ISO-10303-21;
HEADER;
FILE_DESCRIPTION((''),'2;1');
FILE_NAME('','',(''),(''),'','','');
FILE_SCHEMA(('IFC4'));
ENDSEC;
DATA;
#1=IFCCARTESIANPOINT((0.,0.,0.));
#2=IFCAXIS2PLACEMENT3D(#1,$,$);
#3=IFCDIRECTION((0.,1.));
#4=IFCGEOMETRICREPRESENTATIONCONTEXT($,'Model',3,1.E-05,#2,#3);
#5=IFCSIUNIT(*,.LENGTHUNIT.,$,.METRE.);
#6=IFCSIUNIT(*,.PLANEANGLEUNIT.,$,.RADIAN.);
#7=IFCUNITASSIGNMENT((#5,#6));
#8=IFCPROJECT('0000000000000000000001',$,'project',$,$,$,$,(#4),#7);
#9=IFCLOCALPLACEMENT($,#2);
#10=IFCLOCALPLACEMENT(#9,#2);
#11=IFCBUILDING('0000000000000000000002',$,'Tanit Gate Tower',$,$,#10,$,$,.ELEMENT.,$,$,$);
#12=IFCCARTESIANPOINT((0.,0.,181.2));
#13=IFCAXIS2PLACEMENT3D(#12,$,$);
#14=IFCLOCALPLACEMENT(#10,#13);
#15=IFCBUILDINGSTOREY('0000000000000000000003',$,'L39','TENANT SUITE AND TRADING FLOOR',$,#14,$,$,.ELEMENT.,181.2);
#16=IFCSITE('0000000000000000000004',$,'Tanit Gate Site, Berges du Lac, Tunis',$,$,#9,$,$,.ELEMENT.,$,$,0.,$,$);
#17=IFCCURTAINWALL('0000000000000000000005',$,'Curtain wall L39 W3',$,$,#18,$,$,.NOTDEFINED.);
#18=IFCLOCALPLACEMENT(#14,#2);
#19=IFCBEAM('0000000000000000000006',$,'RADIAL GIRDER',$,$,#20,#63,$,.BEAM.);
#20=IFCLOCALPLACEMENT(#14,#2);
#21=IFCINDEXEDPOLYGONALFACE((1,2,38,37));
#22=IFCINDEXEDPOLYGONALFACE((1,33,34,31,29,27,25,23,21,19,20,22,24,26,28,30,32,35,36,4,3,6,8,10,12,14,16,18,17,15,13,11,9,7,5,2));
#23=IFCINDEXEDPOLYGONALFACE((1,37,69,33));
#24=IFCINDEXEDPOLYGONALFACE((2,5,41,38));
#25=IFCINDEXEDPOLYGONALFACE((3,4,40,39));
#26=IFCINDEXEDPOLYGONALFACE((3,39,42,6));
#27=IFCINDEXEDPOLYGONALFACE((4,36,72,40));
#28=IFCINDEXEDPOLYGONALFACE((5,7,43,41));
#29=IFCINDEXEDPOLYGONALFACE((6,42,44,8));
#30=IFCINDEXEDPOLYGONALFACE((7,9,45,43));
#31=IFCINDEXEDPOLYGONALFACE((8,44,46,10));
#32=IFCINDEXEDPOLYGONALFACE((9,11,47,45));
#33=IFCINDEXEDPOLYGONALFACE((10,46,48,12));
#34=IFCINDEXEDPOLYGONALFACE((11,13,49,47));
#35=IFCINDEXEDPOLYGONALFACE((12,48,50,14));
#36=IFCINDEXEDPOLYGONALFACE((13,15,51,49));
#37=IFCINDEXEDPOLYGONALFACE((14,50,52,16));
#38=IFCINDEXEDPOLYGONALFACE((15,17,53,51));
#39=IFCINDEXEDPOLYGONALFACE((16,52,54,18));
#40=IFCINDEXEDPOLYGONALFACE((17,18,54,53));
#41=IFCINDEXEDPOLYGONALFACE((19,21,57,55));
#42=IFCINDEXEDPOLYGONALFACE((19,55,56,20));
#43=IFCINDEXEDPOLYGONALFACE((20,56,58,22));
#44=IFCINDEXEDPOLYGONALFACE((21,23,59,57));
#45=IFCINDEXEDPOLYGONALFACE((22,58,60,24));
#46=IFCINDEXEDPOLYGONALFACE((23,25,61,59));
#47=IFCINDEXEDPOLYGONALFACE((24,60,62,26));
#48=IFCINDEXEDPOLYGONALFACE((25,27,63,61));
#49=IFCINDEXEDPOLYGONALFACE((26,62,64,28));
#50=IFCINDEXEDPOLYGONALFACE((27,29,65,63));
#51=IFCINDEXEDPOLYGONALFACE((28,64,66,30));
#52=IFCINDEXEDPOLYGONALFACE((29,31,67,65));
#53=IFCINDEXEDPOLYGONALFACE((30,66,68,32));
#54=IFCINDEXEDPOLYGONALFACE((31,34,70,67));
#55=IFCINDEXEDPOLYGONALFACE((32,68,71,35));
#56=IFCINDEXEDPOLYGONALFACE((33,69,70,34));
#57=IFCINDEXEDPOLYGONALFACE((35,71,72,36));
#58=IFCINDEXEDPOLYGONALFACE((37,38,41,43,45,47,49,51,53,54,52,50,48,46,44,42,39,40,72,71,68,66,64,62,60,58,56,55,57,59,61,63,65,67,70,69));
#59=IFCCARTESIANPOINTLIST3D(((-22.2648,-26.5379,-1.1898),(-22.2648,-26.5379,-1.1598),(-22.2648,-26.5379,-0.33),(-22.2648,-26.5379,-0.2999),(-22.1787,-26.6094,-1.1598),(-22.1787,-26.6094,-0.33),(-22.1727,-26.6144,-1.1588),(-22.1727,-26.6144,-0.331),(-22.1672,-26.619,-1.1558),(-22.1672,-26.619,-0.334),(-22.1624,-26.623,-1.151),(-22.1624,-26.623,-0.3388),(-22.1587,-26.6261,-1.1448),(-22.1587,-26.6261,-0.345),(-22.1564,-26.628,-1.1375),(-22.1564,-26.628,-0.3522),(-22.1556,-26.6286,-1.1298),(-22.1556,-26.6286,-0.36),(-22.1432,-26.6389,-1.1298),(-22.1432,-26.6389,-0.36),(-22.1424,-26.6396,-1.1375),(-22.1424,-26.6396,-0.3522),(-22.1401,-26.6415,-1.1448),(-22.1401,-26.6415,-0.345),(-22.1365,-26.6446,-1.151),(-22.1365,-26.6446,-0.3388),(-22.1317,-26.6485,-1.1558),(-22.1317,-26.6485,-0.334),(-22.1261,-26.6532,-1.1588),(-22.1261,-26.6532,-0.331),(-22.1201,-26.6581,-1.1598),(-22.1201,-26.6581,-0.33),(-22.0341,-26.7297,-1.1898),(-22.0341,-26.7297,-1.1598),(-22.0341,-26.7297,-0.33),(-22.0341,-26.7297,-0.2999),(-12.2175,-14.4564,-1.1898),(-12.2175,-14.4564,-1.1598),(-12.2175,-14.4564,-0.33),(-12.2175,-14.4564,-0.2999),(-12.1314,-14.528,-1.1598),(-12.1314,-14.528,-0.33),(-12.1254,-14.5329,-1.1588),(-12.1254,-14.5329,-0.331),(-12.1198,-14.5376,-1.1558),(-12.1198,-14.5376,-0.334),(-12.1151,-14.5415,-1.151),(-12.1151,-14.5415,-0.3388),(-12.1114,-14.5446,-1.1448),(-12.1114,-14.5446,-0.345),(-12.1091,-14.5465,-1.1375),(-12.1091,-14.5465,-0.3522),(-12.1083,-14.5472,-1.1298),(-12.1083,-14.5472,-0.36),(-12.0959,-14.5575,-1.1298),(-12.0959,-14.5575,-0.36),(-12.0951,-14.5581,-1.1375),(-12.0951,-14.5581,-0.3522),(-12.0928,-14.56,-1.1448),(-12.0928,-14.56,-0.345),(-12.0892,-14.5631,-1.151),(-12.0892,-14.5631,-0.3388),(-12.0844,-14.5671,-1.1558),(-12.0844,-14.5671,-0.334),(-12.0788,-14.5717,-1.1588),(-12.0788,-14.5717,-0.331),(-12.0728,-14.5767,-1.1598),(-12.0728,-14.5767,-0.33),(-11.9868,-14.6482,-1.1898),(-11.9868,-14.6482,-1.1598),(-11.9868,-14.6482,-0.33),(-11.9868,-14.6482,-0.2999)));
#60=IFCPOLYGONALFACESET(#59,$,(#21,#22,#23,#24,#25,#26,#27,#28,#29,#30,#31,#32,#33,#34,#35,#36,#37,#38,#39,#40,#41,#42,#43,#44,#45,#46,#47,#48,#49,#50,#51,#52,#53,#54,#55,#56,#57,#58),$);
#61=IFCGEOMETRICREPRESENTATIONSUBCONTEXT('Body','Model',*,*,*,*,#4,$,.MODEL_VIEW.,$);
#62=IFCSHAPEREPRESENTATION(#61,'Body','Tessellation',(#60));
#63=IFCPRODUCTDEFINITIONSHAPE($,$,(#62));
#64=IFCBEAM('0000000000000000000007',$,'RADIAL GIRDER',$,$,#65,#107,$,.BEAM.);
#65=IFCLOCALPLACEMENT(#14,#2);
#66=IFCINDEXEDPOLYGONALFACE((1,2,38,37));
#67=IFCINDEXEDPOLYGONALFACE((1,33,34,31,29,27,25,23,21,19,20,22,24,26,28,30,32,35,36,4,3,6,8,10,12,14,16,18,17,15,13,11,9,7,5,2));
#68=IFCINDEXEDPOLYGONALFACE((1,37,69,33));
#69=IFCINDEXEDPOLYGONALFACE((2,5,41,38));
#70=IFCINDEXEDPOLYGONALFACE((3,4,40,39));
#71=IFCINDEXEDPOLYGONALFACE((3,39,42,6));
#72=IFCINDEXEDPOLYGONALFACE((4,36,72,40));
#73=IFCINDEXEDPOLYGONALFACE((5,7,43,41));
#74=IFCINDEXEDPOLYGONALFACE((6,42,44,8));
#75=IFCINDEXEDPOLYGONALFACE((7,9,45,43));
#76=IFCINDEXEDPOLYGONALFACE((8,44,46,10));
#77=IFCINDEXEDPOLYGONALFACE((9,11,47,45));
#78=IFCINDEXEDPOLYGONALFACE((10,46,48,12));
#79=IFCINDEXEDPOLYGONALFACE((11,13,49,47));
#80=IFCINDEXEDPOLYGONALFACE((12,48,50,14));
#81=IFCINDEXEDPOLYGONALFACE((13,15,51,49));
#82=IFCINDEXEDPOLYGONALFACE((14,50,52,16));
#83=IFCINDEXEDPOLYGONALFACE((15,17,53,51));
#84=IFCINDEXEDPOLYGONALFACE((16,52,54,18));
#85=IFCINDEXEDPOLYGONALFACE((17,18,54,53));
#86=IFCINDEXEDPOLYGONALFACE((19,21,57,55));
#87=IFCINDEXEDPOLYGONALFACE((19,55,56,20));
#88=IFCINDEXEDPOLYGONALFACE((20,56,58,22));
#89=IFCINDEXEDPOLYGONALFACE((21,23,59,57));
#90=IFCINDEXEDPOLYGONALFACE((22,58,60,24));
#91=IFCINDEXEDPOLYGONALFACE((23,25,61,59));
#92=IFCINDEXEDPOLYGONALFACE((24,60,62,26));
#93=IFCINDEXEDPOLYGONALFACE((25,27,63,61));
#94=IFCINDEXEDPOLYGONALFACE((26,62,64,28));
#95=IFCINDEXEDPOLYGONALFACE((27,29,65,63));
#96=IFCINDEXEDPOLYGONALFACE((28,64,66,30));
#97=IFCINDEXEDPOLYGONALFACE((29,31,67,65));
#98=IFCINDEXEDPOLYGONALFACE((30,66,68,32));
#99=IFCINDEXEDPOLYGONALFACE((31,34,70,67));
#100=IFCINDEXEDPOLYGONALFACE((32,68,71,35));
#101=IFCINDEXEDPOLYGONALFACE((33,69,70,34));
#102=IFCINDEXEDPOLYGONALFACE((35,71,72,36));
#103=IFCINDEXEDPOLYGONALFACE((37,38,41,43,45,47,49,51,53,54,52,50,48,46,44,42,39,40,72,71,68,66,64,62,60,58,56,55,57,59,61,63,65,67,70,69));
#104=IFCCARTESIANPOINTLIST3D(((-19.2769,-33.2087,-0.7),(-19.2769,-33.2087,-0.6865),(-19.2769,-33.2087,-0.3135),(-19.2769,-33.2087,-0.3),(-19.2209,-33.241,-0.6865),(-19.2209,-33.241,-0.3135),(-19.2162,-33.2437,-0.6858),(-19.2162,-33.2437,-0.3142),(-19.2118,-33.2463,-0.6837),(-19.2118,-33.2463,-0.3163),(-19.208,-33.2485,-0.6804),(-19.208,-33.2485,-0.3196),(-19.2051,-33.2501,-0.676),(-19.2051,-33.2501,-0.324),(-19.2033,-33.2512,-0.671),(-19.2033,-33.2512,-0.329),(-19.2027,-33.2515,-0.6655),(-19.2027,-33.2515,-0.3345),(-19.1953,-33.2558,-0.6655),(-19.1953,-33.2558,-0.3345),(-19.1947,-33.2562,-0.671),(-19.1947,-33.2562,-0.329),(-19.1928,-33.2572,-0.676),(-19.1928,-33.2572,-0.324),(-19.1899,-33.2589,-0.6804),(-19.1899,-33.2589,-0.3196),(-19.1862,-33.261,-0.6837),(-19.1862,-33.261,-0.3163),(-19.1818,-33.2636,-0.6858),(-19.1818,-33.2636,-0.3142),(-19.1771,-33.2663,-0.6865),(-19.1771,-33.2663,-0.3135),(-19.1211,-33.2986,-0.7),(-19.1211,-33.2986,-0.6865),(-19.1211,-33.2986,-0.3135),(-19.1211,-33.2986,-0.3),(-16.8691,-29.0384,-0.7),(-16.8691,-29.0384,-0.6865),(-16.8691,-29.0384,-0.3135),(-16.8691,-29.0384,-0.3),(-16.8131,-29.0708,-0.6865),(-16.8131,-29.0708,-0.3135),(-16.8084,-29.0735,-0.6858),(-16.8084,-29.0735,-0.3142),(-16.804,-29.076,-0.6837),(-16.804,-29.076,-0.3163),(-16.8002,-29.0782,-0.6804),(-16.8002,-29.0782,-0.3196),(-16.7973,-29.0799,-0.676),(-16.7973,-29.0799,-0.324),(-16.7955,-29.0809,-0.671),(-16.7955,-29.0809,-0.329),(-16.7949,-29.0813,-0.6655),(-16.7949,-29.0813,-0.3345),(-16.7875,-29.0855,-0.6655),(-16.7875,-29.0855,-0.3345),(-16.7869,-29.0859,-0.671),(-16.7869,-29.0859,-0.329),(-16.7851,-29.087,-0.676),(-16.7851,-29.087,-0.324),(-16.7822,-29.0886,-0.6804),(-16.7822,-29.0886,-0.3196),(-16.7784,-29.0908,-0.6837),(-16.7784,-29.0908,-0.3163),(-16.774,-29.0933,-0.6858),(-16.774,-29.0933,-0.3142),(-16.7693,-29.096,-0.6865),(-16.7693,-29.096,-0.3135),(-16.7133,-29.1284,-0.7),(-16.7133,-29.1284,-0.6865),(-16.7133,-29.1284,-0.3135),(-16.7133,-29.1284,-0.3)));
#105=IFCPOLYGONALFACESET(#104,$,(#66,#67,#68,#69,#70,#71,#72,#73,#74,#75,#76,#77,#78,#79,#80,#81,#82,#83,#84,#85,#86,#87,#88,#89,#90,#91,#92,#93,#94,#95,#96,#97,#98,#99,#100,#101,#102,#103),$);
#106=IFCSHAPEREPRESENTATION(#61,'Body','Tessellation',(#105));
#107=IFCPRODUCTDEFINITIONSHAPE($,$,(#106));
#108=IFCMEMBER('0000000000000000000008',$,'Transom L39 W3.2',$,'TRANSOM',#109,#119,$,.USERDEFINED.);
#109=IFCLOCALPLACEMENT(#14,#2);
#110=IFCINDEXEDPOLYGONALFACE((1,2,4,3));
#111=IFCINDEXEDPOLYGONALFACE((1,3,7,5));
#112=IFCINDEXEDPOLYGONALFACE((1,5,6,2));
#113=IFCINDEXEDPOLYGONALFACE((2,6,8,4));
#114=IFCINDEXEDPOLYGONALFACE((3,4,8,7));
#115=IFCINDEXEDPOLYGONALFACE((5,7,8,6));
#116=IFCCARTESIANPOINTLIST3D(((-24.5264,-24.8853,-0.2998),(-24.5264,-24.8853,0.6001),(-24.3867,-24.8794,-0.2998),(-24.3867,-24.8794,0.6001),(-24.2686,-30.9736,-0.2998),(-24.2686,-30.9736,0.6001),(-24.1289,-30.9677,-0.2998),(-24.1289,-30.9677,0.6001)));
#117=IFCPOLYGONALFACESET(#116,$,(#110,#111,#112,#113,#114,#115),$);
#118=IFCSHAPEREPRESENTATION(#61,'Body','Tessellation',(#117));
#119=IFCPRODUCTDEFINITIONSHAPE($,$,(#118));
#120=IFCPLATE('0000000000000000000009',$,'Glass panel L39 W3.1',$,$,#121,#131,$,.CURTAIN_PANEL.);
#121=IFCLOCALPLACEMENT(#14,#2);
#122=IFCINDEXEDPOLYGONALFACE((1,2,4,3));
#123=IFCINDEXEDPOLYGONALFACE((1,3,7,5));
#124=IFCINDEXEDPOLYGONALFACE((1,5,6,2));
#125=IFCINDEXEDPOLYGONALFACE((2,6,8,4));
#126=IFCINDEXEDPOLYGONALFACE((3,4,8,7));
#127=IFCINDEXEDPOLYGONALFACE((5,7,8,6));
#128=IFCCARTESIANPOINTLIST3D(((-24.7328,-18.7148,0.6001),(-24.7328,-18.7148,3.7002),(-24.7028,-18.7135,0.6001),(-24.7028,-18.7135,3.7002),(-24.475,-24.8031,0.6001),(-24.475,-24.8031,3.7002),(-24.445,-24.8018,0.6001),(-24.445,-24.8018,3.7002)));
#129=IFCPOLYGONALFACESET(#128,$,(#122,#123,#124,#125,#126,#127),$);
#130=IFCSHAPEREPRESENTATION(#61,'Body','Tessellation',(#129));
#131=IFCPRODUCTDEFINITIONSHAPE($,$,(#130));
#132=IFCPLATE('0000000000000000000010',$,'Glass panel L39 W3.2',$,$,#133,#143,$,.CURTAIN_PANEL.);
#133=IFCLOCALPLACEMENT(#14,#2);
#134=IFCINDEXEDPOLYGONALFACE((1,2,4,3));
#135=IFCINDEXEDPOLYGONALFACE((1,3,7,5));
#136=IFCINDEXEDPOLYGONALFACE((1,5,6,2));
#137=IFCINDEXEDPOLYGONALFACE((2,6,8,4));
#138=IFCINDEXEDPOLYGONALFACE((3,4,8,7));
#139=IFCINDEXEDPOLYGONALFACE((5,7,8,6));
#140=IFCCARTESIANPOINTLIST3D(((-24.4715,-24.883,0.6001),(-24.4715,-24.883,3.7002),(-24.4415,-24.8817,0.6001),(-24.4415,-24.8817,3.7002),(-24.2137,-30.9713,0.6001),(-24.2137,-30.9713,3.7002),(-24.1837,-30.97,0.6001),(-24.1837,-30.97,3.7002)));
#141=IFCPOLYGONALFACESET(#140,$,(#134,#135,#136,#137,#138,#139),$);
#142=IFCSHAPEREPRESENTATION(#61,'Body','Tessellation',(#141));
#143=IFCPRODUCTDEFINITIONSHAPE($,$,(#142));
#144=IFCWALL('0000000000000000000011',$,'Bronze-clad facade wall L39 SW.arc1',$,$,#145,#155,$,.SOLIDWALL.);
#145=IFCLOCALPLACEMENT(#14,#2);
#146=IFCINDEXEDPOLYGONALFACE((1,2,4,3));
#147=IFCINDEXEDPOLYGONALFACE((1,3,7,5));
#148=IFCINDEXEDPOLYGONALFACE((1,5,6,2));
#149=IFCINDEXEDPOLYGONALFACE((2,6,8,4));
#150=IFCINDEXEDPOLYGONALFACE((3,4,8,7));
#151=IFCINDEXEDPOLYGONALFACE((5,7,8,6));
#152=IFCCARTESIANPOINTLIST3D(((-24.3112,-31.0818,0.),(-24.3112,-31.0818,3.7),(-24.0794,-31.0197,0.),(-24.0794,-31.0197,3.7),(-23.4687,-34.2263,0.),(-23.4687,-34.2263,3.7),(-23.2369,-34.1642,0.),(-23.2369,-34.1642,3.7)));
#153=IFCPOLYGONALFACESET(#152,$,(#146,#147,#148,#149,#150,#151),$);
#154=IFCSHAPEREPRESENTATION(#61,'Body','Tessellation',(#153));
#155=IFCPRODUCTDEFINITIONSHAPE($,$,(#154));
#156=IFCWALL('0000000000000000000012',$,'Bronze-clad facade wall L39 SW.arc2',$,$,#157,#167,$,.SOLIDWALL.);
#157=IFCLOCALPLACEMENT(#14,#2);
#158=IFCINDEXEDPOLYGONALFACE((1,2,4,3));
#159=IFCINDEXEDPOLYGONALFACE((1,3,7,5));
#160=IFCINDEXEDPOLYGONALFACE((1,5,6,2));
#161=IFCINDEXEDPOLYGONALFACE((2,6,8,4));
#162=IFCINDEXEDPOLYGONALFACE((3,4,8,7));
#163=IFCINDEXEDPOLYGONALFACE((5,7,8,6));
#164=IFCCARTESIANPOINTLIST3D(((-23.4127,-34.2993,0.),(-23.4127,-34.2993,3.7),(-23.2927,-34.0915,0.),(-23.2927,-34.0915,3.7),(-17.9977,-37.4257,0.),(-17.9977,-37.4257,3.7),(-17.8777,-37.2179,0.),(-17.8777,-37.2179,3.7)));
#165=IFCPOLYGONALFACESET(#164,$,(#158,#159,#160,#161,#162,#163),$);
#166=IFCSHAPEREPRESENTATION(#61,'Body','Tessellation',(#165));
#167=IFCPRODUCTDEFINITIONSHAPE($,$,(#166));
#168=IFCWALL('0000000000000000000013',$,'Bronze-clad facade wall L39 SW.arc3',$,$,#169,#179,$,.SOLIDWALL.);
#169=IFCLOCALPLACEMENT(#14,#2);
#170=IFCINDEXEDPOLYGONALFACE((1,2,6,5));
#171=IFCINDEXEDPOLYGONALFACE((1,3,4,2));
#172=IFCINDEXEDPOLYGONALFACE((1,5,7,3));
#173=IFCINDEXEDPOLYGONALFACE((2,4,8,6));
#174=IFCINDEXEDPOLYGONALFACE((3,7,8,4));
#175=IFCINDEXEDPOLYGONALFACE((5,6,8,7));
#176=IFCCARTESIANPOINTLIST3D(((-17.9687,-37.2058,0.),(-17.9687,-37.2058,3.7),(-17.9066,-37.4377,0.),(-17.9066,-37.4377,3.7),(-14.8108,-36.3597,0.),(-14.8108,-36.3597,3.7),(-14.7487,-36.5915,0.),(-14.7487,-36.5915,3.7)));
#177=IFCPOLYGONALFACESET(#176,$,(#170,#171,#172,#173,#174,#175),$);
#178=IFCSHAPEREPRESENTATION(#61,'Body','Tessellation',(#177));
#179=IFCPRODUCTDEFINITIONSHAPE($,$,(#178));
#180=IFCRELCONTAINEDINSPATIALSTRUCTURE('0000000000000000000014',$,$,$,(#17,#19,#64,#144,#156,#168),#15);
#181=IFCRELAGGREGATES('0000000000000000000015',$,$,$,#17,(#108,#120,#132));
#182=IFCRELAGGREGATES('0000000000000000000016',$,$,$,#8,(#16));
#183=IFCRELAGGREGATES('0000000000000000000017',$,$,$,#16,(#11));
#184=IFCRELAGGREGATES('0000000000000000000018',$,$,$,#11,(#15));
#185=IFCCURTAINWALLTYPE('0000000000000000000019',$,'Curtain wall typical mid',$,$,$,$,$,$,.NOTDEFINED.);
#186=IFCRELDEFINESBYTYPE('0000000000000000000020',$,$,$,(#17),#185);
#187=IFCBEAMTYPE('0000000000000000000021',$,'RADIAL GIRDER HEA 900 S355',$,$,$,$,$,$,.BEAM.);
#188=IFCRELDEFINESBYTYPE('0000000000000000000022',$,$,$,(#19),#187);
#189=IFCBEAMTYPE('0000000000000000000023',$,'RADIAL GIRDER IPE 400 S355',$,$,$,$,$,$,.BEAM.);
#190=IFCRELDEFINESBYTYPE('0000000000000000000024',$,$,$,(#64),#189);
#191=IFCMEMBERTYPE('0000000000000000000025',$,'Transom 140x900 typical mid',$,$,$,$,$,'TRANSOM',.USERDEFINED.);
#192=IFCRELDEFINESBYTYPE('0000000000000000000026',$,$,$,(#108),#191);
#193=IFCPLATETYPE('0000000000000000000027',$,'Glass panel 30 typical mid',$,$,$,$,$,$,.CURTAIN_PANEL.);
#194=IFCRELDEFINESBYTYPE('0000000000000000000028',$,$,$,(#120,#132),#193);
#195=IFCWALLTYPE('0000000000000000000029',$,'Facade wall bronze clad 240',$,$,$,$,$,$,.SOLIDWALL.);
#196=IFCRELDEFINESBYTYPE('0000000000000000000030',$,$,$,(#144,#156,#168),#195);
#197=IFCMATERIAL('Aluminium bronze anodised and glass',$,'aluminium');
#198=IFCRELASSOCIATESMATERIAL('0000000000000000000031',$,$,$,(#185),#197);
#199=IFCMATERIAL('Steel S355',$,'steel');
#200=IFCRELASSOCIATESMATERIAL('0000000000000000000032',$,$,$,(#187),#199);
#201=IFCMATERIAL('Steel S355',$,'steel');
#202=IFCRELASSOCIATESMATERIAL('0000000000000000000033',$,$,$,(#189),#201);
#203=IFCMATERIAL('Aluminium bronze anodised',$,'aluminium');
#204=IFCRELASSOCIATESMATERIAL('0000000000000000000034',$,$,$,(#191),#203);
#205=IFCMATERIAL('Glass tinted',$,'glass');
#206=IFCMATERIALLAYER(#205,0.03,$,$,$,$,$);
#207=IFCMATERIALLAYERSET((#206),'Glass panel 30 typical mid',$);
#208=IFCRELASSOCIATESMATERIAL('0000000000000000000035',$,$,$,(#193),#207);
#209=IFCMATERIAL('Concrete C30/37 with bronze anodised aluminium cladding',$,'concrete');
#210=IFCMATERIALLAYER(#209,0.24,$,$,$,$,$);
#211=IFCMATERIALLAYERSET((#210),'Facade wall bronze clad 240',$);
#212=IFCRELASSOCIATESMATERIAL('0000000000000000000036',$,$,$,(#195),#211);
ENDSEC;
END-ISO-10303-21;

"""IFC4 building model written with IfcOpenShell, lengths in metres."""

from ifc_helpers import new_model, si_unit, direction, frame, frame_2d, origin, origin_2d, place, context, subcontext, project, spatial, rectangle, i_section, extrude, material, layer, layer_set, material_profile, profile_set, type_object, element, aggregate, save


model = new_model("IFC4")

# Units and contexts
model_context = context("Model", 3, precision=1e-05, world=origin(), true_north=direction((0.0, 1.0)))
body_context = subcontext(model_context, "Body", "Model", "MODEL_VIEW")
ifc_project = project(units=[si_unit("LENGTHUNIT", "METRE"), si_unit("PLANEANGLEUNIT", "RADIAN")], contexts=[model_context])

# Site, building, storey
site_placement = place(None, origin())
site = spatial("IfcSite", under=ifc_project, at=site_placement, Name="Tanit Gate Site, Berges du Lac, Tunis", CompositionType="ELEMENT", RefElevation=0.0)
building_placement = place(site_placement, origin())
building = spatial("IfcBuilding", under=site, at=building_placement, Name="Tanit Gate Tower", CompositionType="ELEMENT")
storey_placement = place(building_placement, frame((0.0, 0.0, 181.2)))
storey = spatial("IfcBuildingStorey", under=building, at=storey_placement, Name="L39", Description="TENANT SUITE AND TRADING FLOOR", CompositionType="ELEMENT", Elevation=181.2)

# Curtain wall
ifc_material_1 = material(Name="Aluminium bronze anodised and glass", Category="aluminium")
curtain_wall_type = type_object("IfcCurtainWallType", Name="Curtain wall typical mid", PredefinedType="NOTDEFINED", material=ifc_material_1)
curtain_wall_1_placement = place(storey_placement, origin())
curtain_wall_1 = element("IfcCurtainWall", 1, at=curtain_wall_1_placement, inside=storey, type_object=curtain_wall_type, Name="Curtain wall L39 W3", PredefinedType="NOTDEFINED")

# Beams
ifc_material_2 = material(Name="Steel S355", Category="steel")
ifc_material_profile_1 = material_profile(ifc_material_2, i_section(OverallWidth=0.3, OverallDepth=0.8899, WebThickness=0.0161, FlangeThickness=0.03, FilletRadius=0.03, at=origin_2d()), Name="HEA 900")
ifc_profile_set_1 = profile_set([ifc_material_profile_1], Name="Steel S355")
beam_type_1 = type_object("IfcBeamType", Name="RADIAL GIRDER HEA 900 S355", PredefinedType="BEAM", material=ifc_profile_set_1)
beam_1_placement = place(storey_placement, frame((-22.1494, -26.6338, -0.7449), z_axis=(0.639411, 0.768865, 0.0), x_axis=(-0.768865, 0.639411, 0.0)))
element("IfcBeam", 2, at=beam_1_placement, inside=storey, type_object=beam_type_1, Name="RADIAL GIRDER", PredefinedType="BEAM", context=body_context, shape_type="SweptSolid", body=[
    extrude(i_section(OverallWidth=0.3, OverallDepth=0.8899, WebThickness=0.0161, FlangeThickness=0.03, FilletRadius=0.03, at=origin_2d()), origin(), (0.0, 0.0, 1.0), 15.7134),
])
ifc_material_3 = material(Name="Steel S355", Category="steel")
ifc_material_profile_2 = material_profile(ifc_material_3, i_section(OverallWidth=0.1799, OverallDepth=0.3999, WebThickness=0.0085, FlangeThickness=0.0134, FilletRadius=0.021, at=origin_2d()), Name="IPE 400")
ifc_profile_set_2 = profile_set([ifc_material_profile_2], Name="Steel S355")
beam_type_2 = type_object("IfcBeamType", Name="RADIAL GIRDER IPE 400 S355", PredefinedType="BEAM", material=ifc_profile_set_2)
beam_2_placement = place(storey_placement, frame((-19.199, -33.2537, -0.5), z_axis=(0.500011, 0.866019, 0.0), x_axis=(-0.866019, 0.500011, 0.0)))
element("IfcBeam", 3, at=beam_2_placement, inside=storey, type_object=beam_type_2, Name="RADIAL GIRDER", PredefinedType="BEAM", context=body_context, shape_type="SweptSolid", body=[
    extrude(i_section(OverallWidth=0.1799, OverallDepth=0.3999, WebThickness=0.0085, FlangeThickness=0.0134, FilletRadius=0.021, at=origin_2d()), origin(), (0.0, 0.0, 1.0), 4.8154),
])

# Member
ifc_material_4 = material(Name="Aluminium bronze anodised", Category="aluminium")
ifc_material_profile_3 = material_profile(ifc_material_4, rectangle(XDim=0.1399, YDim=0.8999, at=origin_2d()), Name="140x900 bronze transom")
ifc_profile_set_3 = profile_set([ifc_material_profile_3], Name="Aluminium bronze anodised")
member_type_1 = type_object("IfcMemberType", Name="Transom 140x900 typical mid", ElementType="TRANSOM", PredefinedType="USERDEFINED", material=ifc_profile_set_3)
member_1_placement = place(storey_placement, frame((-24.4565, -24.8823, 0.1501), z_axis=(0.042307, -0.999105, 0.0), x_axis=(0.999105, 0.042307, 0.0)))
member_1 = element("IfcMember", 4, at=member_1_placement, type_object=member_type_1, Name="Transom L39 W3.2", ObjectType="TRANSOM", PredefinedType="USERDEFINED", context=body_context, shape_type="SweptSolid", body=[
    extrude(rectangle(XDim=0.1399, YDim=0.8999, at=origin_2d()), origin(), (0.0, 0.0, 1.0), 6.0938),
])

# Plates
ifc_material_5 = material(Name="Glass tinted", Category="glass")
ifc_layer_1 = layer(ifc_material_5, 0.03)
ifc_layer_set_1 = layer_set([ifc_layer_1], Name="Glass panel 30 typical mid")
plate_type = type_object("IfcPlateType", Name="Glass panel 30 typical mid", PredefinedType="CURTAIN_PANEL", material=ifc_layer_set_1)
plate_1_placement = place(storey_placement, frame((-24.5889, -21.7583, 0.6001), z_axis=(0.0, 0.0, 1.0), x_axis=(0.042307, -0.999105, 0.0)))
plate_1 = element("IfcPlate", 5, at=plate_1_placement, type_object=plate_type, Name="Glass panel L39 W3.1", PredefinedType="CURTAIN_PANEL", context=body_context, shape_type="SweptSolid", body=[
    extrude(rectangle(XDim=6.0938, YDim=0.03, at=origin_2d()), origin(), (0.0, 0.0, 1.0), 3.1001),
])
plate_2_placement = place(storey_placement, frame((-24.3276, -27.9265, 0.6001), z_axis=(0.0, 0.0, 1.0), x_axis=(0.042307, -0.999105, 0.0)))
plate_2 = element("IfcPlate", 6, at=plate_2_placement, type_object=plate_type, Name="Glass panel L39 W3.2", PredefinedType="CURTAIN_PANEL", context=body_context, shape_type="SweptSolid", body=[
    extrude(rectangle(XDim=6.0938, YDim=0.03, at=origin_2d()), origin(), (0.0, 0.0, 1.0), 3.1001),
])
aggregate(curtain_wall_1, [member_1, plate_1, plate_2])

# Walls
ifc_material_6 = material(Name="Concrete C30/37 with bronze anodised aluminium cladding", Category="concrete")
ifc_layer_2 = layer(ifc_material_6, 0.24)
ifc_layer_set_2 = layer_set([ifc_layer_2], Name="Facade wall bronze clad 240")
wall_type_1 = type_object("IfcWallType", Name="Facade wall bronze clad 240", PredefinedType="SOLIDWALL", material=ifc_layer_set_2)
wall_1_placement = place(storey_placement, frame((-24.1953, -31.0508, 0.0), z_axis=(0.0, 0.0, 1.0), x_axis=(0.258806, -0.965929, 0.0)))
element("IfcWall", 7, at=wall_1_placement, inside=storey, type_object=wall_type_1, Name="Bronze-clad facade wall L39 SW.arc1", PredefinedType="SOLIDWALL", context=body_context, shape_type="SweptSolid", body=[
    extrude(rectangle(XDim=3.2554, YDim=0.24, at=frame_2d((1.6277, 0.0))), origin(), (0.0, 0.0, 1.0), 3.7),
])
wall_2_placement = place(storey_placement, frame((-23.3528, -34.1953, 0.0), z_axis=(0.0, 0.0, 1.0), x_axis=(0.866019, -0.500011, 0.0)))
element("IfcWall", 8, at=wall_2_placement, inside=storey, type_object=wall_type_1, Name="Bronze-clad facade wall L39 SW.arc2", PredefinedType="SOLIDWALL", context=body_context, shape_type="SweptSolid", body=[
    extrude(rectangle(XDim=6.2527, YDim=0.24, at=frame_2d((3.1265, 0.0))), origin(), (0.0, 0.0, 1.0), 3.7),
])
wall_3_placement = place(storey_placement, frame((-17.9377, -37.3218, 0.0), z_axis=(0.0, 0.0, 1.0), x_axis=(0.965924, 0.258824, 0.0)))
element("IfcWall", 9, at=wall_3_placement, inside=storey, type_object=wall_type_1, Name="Bronze-clad facade wall L39 SW.arc3", PredefinedType="SOLIDWALL", context=body_context, shape_type="SweptSolid", body=[
    extrude(rectangle(XDim=3.2693, YDim=0.24, at=frame_2d((1.6348, 0.0))), origin(), (0.0, 0.0, 1.0), 3.7),
])

save(model, "model.ifc")
